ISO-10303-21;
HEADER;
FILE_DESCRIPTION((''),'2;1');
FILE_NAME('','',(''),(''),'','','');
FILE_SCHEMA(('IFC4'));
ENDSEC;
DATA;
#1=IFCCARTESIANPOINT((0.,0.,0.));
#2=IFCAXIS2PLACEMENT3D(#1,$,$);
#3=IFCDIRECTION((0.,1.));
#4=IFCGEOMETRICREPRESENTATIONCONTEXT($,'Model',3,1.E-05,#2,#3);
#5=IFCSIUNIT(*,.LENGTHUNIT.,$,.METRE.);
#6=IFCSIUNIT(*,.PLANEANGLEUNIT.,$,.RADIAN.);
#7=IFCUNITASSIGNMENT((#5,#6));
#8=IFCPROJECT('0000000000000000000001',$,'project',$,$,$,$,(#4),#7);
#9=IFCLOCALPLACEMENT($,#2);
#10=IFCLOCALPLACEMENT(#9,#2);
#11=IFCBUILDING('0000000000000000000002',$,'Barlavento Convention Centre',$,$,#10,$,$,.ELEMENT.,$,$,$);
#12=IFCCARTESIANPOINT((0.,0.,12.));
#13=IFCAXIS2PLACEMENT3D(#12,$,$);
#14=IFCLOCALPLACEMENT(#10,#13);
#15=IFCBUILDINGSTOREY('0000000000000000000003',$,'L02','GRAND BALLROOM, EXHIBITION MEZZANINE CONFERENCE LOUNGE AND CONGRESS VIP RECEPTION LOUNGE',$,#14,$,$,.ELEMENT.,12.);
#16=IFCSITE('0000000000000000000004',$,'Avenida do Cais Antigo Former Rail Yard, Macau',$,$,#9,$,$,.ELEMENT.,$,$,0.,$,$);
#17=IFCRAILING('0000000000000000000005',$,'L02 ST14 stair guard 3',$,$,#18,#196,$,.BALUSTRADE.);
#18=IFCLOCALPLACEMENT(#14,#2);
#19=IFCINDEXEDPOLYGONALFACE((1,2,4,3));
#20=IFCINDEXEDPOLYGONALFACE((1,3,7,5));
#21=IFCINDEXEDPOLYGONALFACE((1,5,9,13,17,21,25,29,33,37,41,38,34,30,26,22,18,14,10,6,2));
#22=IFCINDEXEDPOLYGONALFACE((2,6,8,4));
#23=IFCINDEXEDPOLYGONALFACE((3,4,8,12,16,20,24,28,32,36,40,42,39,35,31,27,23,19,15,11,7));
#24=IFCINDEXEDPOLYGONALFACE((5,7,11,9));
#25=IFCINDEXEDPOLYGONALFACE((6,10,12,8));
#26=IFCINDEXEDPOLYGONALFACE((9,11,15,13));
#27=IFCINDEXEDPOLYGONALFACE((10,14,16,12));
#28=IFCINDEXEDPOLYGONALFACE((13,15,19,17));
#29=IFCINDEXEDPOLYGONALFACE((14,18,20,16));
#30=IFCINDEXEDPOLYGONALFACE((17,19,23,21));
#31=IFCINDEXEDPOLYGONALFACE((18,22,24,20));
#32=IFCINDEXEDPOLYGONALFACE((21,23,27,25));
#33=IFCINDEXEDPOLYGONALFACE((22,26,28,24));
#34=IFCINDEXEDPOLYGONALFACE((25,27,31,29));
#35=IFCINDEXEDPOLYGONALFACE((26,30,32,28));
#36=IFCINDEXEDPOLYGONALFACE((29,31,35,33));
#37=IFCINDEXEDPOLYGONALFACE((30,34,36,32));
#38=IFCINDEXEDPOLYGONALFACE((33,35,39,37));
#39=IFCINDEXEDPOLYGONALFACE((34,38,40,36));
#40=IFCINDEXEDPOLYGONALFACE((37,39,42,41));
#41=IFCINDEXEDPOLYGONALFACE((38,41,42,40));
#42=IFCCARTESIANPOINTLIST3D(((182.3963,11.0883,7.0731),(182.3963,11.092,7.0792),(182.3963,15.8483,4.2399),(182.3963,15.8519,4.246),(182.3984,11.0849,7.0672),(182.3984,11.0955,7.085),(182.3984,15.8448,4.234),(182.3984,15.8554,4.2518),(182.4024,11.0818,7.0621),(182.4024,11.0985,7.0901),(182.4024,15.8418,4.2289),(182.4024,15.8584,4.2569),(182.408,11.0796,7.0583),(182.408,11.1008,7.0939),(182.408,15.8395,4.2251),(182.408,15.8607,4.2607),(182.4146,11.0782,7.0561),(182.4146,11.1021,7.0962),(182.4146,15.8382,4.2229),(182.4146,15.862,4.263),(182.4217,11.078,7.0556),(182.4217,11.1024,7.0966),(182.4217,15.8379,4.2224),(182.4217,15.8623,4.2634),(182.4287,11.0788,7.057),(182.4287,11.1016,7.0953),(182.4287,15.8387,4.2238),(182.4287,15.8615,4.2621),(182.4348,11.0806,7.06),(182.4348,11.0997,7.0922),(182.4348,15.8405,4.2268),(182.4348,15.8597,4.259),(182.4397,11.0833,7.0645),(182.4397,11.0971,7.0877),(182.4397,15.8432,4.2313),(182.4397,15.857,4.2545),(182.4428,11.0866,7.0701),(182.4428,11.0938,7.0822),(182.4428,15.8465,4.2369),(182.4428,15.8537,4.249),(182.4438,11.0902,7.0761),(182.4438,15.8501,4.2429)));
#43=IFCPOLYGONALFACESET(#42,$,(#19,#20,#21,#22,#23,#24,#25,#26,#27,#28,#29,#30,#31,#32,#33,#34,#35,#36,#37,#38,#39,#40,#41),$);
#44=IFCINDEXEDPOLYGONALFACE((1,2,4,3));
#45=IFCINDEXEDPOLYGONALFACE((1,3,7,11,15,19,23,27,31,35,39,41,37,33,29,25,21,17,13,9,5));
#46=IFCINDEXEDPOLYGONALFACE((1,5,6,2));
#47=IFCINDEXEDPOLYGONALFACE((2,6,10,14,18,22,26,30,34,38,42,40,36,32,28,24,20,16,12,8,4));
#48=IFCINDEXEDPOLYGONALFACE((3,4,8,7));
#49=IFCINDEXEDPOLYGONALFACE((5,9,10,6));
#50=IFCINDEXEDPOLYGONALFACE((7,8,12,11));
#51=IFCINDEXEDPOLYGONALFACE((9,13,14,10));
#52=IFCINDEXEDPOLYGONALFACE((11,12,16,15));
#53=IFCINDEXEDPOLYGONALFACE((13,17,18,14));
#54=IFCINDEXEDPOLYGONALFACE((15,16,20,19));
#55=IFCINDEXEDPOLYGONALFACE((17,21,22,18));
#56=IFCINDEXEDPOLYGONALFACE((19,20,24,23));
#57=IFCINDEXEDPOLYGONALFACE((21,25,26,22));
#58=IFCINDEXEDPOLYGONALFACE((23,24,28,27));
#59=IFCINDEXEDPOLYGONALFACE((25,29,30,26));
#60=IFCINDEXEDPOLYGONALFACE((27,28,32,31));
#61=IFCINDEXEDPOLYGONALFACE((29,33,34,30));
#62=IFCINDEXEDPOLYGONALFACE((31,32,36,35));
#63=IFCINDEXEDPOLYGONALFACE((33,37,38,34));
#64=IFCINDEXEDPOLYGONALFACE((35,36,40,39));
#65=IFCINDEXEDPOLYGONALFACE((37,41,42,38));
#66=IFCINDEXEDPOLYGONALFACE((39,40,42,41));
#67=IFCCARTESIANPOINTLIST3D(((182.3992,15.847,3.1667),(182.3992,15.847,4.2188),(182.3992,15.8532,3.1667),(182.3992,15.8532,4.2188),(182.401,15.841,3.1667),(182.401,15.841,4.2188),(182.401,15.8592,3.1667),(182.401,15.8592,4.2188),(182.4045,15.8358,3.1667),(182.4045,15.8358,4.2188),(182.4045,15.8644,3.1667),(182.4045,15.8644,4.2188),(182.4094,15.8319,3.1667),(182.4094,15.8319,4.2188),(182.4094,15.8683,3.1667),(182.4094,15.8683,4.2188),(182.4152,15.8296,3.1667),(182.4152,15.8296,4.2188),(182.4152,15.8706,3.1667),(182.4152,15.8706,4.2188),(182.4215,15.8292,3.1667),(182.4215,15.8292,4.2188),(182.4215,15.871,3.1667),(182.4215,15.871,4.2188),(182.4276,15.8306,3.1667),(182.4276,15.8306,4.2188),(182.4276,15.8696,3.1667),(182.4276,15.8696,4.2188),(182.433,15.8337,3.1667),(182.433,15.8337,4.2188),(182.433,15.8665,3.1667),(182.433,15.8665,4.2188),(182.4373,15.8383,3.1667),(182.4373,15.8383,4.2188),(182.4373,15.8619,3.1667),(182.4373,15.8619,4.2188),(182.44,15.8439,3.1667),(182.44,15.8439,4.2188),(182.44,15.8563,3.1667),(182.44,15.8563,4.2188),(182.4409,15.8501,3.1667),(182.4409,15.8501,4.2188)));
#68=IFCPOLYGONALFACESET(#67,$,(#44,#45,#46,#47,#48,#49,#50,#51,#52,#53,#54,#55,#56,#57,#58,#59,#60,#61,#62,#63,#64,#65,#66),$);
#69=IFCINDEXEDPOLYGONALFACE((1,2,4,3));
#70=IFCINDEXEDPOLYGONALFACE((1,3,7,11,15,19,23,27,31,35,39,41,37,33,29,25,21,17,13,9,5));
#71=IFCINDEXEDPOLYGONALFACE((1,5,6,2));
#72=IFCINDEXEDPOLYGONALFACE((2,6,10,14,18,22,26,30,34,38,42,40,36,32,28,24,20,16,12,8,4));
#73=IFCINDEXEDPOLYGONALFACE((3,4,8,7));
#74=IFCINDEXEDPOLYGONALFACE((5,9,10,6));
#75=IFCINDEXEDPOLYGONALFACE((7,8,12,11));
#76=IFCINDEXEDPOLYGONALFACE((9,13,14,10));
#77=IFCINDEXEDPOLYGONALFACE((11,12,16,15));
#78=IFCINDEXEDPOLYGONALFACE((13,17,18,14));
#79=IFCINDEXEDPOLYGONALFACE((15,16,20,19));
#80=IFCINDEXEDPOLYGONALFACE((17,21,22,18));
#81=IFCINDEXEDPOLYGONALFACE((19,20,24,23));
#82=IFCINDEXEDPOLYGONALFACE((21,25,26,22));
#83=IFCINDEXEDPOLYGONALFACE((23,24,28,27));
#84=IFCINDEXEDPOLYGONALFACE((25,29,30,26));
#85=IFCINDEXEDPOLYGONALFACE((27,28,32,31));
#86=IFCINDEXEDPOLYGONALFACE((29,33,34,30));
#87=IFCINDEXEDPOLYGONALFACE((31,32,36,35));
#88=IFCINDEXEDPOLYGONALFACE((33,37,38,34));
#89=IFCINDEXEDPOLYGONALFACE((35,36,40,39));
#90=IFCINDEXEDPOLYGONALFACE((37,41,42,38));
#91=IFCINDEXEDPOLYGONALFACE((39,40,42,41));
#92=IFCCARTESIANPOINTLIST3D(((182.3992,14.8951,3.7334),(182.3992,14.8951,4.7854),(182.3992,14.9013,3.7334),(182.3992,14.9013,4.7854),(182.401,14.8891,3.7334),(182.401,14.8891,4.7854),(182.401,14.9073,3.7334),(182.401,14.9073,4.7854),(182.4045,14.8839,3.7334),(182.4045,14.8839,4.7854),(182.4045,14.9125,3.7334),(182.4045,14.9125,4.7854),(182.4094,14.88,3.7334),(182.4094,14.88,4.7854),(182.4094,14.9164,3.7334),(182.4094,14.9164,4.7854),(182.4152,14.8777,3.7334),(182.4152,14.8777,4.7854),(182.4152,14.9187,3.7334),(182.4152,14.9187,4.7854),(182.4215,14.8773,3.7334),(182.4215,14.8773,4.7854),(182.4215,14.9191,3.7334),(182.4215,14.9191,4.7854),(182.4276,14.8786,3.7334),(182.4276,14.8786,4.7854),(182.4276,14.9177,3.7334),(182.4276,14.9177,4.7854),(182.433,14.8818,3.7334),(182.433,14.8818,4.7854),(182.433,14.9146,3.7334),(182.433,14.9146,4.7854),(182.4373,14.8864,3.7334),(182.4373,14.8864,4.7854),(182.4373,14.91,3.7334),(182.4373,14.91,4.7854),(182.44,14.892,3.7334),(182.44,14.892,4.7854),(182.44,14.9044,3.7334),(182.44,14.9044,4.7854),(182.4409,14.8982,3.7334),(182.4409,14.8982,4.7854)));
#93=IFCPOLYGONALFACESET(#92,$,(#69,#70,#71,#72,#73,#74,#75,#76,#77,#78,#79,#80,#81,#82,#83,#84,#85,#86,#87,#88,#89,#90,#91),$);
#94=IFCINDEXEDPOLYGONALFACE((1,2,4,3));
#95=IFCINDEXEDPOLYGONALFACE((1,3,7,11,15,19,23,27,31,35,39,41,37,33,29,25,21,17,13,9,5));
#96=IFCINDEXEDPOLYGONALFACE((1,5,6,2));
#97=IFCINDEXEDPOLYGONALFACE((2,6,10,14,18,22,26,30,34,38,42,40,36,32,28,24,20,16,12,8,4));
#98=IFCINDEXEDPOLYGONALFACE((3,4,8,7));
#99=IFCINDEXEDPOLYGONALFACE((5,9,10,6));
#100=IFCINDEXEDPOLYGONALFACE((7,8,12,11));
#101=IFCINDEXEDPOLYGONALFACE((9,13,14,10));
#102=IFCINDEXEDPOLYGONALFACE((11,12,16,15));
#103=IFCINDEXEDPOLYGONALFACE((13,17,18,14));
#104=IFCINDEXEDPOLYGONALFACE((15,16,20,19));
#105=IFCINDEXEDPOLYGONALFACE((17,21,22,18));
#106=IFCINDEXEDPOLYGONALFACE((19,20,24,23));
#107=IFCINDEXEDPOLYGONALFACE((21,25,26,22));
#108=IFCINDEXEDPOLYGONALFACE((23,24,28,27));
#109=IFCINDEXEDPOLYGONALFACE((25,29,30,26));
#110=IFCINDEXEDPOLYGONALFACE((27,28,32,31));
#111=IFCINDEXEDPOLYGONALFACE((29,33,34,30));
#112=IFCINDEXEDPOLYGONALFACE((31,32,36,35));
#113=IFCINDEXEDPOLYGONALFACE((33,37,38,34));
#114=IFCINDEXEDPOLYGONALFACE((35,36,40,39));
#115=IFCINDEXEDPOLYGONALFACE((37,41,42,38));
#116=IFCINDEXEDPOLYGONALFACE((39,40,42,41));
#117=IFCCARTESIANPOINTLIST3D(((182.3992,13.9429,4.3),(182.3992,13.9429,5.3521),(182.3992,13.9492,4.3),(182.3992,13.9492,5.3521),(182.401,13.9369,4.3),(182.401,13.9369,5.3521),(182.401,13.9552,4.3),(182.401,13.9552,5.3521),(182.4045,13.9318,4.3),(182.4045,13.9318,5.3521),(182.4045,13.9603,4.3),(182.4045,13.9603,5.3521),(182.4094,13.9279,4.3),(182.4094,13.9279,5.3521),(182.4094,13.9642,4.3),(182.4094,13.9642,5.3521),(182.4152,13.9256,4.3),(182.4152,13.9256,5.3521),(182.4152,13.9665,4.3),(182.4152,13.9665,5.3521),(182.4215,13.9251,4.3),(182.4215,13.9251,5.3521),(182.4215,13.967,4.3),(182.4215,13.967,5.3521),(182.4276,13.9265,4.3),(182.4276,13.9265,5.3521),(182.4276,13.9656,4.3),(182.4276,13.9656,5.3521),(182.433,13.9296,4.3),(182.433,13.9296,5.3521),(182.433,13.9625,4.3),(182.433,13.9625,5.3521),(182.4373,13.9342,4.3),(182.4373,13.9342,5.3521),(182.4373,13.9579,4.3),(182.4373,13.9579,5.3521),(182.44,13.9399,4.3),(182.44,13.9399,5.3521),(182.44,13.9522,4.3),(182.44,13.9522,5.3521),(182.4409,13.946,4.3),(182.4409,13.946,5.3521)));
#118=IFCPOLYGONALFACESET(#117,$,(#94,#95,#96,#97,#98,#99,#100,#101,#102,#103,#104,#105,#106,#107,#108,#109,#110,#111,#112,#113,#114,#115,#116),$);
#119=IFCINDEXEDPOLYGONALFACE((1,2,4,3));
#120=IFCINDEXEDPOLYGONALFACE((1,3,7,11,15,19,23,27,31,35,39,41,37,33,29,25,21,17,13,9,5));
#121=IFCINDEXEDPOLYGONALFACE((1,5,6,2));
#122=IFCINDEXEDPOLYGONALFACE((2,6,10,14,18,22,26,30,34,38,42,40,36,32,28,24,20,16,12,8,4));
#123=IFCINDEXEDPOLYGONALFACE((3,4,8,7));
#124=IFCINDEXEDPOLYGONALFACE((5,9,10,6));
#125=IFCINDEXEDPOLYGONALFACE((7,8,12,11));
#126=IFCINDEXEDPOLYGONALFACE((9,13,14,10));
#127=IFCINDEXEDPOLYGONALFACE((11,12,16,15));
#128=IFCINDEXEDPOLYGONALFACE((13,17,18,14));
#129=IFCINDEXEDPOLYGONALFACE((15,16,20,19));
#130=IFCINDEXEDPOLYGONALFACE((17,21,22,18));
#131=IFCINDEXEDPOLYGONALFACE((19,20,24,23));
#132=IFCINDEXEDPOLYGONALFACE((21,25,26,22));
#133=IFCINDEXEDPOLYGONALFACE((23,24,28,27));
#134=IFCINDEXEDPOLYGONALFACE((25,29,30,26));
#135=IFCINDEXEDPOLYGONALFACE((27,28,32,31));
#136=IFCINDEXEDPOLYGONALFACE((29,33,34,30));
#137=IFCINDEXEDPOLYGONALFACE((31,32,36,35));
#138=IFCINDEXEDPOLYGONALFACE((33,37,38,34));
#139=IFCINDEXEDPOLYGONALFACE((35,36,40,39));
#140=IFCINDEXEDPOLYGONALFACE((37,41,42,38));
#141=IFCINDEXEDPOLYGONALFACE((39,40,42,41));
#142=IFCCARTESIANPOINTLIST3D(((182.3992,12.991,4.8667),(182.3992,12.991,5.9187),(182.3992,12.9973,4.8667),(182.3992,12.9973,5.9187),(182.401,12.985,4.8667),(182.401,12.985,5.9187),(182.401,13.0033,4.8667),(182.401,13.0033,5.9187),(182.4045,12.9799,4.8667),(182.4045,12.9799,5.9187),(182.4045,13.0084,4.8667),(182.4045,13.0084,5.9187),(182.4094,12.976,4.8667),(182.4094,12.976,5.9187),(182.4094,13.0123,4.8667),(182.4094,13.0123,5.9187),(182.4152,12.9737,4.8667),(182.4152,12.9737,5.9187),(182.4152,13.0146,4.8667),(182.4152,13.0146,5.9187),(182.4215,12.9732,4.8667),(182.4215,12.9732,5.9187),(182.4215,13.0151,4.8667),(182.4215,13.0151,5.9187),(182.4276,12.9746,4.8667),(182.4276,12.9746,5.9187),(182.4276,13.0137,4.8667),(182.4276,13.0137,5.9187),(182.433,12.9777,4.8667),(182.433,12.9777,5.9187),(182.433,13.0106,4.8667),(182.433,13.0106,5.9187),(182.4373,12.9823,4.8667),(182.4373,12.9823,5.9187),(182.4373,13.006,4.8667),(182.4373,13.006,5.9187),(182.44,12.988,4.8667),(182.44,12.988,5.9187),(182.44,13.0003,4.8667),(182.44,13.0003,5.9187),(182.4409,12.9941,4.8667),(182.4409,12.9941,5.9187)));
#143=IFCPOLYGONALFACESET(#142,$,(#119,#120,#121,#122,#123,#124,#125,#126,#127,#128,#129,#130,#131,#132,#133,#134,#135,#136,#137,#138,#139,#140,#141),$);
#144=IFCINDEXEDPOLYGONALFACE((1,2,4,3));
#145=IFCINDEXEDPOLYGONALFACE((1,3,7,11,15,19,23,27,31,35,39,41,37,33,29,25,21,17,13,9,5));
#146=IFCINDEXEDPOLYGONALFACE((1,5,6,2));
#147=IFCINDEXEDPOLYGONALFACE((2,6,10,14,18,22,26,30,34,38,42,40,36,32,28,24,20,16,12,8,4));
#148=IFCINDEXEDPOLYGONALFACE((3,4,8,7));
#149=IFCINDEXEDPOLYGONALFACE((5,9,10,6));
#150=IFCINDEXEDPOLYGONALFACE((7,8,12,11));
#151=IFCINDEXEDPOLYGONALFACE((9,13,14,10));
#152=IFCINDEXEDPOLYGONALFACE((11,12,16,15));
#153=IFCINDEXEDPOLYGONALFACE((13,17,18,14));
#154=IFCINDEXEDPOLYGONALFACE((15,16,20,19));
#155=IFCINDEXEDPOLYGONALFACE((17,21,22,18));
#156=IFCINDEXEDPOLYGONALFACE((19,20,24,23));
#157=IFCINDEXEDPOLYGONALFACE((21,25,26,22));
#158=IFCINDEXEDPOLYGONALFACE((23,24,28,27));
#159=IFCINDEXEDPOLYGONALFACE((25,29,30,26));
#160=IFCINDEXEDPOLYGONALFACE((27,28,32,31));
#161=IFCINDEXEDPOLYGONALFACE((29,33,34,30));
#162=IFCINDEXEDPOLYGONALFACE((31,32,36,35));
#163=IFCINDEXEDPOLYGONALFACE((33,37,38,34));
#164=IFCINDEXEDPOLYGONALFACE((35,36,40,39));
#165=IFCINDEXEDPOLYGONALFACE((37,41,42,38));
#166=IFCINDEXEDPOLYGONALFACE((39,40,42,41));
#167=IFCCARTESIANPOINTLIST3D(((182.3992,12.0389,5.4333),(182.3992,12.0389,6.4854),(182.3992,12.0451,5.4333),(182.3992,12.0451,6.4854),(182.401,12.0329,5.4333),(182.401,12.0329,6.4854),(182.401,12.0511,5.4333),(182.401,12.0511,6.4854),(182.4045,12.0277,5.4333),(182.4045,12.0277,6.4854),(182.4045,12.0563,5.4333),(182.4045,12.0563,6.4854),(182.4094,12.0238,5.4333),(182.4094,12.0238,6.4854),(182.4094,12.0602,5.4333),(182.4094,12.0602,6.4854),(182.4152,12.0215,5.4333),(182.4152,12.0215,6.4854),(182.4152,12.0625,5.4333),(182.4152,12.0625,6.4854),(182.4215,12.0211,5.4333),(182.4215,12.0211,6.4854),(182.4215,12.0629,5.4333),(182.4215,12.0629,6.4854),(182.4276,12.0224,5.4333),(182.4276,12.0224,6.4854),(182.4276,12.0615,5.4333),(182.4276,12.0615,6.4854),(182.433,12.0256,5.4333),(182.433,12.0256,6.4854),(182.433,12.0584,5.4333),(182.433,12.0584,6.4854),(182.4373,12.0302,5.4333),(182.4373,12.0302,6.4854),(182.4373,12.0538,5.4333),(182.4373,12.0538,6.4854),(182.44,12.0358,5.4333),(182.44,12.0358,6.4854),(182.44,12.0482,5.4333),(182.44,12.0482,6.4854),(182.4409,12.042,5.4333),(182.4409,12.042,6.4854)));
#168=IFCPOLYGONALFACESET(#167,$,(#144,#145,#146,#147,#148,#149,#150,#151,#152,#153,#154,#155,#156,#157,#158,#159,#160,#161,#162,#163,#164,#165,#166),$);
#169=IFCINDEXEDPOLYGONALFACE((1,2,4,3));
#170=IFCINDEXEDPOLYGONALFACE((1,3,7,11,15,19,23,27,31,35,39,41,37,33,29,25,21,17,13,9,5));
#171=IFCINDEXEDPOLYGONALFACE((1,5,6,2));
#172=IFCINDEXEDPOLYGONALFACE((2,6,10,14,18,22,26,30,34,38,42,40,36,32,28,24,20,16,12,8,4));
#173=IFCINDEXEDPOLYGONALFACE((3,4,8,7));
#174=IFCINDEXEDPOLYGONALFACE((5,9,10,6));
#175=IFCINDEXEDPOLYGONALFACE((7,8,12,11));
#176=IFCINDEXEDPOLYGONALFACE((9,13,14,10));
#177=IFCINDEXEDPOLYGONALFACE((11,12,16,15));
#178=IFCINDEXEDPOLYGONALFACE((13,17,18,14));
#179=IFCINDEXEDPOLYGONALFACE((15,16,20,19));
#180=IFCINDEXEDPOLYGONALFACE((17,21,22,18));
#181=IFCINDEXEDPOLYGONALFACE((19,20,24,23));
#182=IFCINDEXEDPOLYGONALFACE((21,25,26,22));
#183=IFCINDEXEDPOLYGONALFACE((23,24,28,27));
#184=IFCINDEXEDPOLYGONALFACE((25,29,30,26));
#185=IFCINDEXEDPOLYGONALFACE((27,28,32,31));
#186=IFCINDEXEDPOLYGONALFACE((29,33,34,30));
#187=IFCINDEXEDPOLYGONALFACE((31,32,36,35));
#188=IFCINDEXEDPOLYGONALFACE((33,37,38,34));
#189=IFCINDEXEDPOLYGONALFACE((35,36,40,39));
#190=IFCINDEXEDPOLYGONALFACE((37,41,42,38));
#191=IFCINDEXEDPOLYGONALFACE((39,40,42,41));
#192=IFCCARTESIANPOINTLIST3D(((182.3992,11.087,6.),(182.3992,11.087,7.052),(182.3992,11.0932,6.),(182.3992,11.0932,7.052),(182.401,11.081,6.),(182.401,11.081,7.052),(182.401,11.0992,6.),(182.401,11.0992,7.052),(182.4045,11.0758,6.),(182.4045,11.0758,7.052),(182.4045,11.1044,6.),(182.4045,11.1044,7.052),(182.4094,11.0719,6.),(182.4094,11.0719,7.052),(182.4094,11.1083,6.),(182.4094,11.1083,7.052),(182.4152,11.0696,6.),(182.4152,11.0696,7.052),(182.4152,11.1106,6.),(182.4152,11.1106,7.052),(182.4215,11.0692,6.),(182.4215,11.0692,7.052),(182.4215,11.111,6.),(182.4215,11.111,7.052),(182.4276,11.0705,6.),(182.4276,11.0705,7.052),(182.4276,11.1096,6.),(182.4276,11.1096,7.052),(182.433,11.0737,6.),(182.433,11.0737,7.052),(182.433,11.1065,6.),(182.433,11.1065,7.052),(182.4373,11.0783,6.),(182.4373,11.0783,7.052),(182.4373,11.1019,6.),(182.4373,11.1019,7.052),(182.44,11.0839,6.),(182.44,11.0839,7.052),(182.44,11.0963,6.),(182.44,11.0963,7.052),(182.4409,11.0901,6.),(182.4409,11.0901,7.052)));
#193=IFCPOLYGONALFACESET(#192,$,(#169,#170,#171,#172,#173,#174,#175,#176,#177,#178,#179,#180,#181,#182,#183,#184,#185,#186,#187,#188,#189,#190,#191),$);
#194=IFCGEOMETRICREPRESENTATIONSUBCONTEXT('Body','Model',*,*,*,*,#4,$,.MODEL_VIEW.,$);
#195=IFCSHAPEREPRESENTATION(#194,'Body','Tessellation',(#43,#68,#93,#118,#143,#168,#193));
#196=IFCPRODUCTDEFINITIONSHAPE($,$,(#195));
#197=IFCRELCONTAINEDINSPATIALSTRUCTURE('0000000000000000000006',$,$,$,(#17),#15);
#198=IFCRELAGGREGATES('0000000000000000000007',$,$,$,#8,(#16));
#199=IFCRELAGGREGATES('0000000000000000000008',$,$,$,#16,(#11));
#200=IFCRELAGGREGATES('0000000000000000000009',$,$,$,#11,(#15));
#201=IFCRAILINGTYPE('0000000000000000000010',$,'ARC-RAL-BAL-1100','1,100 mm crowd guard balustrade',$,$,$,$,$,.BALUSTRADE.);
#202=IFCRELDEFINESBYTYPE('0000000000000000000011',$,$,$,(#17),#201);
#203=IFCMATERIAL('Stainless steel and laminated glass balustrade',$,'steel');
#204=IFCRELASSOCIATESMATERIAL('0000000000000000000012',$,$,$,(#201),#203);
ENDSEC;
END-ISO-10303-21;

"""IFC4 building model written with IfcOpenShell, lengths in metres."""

from ifc_helpers import new_model, si_unit, direction, frame, origin, origin_2d, place, context, subcontext, project, spatial, circle, extrude, material, type_object, element, save


model = new_model("IFC4")

# Units and contexts
model_context = context("Model", 3, precision=1e-05, world=origin(), true_north=direction((0.0, 1.0)))
body_context = subcontext(model_context, "Body", "Model", "MODEL_VIEW")
ifc_project = project(units=[si_unit("LENGTHUNIT", "METRE"), si_unit("PLANEANGLEUNIT", "RADIAN")], contexts=[model_context])

# Site, building, storey
site_placement = place(None, origin())
site = spatial("IfcSite", under=ifc_project, at=site_placement, Name="Avenida do Cais Antigo Former Rail Yard, Macau", CompositionType="ELEMENT", RefElevation=0.0)
building_placement = place(site_placement, origin())
building = spatial("IfcBuilding", under=site, at=building_placement, Name="Barlavento Convention Centre", CompositionType="ELEMENT")
storey_placement = place(building_placement, frame((0.0, 0.0, 12.0)))
storey = spatial("IfcBuildingStorey", under=building, at=storey_placement, Name="L02", Description="GRAND BALLROOM, EXHIBITION MEZZANINE CONFERENCE LOUNGE AND CONGRESS VIP RECEPTION LOUNGE", CompositionType="ELEMENT", Elevation=12.0)

# Railing
ifc_material_1 = material(Name="Stainless steel and laminated glass balustrade", Category="steel")
railing_type_1 = type_object("IfcRailingType", Name="ARC-RAL-BAL-1100", Description="1,100 mm crowd guard balustrade", PredefinedType="BALUSTRADE", material=ifc_material_1)
railing_1_placement = place(storey_placement, frame((182.4199, 15.8501, 3.1667)))
element("IfcRailing", 1, at=railing_1_placement, inside=storey, type_object=railing_type_1, Name="L02 ST14 stair guard 3", PredefinedType="BALUSTRADE", context=body_context, shape_type="SweptSolid", body=[
    extrude(circle(Radius=0.0239, at=origin_2d()), frame((0.0, 0.0, 1.0762), z_axis=(0.0, -0.8593, 0.511472), x_axis=(1.0, 0.0, 0.0)), (0.0, 0.0, 1.0), 5.5393),
    extrude(circle(Radius=0.021, at=origin_2d()), origin(), (0.0, 0.0, 1.0), 1.052),
    extrude(circle(Radius=0.021, at=origin_2d()), frame((0.0, -0.9519, 0.5667)), (0.0, 0.0, 1.0), 1.052),
    extrude(circle(Radius=0.021, at=origin_2d()), frame((0.0, -1.9041, 1.1333)), (0.0, 0.0, 1.0), 1.052),
    extrude(circle(Radius=0.021, at=origin_2d()), frame((0.0, -2.856, 1.7)), (0.0, 0.0, 1.0), 1.052),
    extrude(circle(Radius=0.021, at=origin_2d()), frame((0.0, -3.8081, 2.2666)), (0.0, 0.0, 1.0), 1.052),
    extrude(circle(Radius=0.021, at=origin_2d()), frame((0.0, -4.76, 2.8333)), (0.0, 0.0, 1.0), 1.052),
])

save(model, "model.ifc")
